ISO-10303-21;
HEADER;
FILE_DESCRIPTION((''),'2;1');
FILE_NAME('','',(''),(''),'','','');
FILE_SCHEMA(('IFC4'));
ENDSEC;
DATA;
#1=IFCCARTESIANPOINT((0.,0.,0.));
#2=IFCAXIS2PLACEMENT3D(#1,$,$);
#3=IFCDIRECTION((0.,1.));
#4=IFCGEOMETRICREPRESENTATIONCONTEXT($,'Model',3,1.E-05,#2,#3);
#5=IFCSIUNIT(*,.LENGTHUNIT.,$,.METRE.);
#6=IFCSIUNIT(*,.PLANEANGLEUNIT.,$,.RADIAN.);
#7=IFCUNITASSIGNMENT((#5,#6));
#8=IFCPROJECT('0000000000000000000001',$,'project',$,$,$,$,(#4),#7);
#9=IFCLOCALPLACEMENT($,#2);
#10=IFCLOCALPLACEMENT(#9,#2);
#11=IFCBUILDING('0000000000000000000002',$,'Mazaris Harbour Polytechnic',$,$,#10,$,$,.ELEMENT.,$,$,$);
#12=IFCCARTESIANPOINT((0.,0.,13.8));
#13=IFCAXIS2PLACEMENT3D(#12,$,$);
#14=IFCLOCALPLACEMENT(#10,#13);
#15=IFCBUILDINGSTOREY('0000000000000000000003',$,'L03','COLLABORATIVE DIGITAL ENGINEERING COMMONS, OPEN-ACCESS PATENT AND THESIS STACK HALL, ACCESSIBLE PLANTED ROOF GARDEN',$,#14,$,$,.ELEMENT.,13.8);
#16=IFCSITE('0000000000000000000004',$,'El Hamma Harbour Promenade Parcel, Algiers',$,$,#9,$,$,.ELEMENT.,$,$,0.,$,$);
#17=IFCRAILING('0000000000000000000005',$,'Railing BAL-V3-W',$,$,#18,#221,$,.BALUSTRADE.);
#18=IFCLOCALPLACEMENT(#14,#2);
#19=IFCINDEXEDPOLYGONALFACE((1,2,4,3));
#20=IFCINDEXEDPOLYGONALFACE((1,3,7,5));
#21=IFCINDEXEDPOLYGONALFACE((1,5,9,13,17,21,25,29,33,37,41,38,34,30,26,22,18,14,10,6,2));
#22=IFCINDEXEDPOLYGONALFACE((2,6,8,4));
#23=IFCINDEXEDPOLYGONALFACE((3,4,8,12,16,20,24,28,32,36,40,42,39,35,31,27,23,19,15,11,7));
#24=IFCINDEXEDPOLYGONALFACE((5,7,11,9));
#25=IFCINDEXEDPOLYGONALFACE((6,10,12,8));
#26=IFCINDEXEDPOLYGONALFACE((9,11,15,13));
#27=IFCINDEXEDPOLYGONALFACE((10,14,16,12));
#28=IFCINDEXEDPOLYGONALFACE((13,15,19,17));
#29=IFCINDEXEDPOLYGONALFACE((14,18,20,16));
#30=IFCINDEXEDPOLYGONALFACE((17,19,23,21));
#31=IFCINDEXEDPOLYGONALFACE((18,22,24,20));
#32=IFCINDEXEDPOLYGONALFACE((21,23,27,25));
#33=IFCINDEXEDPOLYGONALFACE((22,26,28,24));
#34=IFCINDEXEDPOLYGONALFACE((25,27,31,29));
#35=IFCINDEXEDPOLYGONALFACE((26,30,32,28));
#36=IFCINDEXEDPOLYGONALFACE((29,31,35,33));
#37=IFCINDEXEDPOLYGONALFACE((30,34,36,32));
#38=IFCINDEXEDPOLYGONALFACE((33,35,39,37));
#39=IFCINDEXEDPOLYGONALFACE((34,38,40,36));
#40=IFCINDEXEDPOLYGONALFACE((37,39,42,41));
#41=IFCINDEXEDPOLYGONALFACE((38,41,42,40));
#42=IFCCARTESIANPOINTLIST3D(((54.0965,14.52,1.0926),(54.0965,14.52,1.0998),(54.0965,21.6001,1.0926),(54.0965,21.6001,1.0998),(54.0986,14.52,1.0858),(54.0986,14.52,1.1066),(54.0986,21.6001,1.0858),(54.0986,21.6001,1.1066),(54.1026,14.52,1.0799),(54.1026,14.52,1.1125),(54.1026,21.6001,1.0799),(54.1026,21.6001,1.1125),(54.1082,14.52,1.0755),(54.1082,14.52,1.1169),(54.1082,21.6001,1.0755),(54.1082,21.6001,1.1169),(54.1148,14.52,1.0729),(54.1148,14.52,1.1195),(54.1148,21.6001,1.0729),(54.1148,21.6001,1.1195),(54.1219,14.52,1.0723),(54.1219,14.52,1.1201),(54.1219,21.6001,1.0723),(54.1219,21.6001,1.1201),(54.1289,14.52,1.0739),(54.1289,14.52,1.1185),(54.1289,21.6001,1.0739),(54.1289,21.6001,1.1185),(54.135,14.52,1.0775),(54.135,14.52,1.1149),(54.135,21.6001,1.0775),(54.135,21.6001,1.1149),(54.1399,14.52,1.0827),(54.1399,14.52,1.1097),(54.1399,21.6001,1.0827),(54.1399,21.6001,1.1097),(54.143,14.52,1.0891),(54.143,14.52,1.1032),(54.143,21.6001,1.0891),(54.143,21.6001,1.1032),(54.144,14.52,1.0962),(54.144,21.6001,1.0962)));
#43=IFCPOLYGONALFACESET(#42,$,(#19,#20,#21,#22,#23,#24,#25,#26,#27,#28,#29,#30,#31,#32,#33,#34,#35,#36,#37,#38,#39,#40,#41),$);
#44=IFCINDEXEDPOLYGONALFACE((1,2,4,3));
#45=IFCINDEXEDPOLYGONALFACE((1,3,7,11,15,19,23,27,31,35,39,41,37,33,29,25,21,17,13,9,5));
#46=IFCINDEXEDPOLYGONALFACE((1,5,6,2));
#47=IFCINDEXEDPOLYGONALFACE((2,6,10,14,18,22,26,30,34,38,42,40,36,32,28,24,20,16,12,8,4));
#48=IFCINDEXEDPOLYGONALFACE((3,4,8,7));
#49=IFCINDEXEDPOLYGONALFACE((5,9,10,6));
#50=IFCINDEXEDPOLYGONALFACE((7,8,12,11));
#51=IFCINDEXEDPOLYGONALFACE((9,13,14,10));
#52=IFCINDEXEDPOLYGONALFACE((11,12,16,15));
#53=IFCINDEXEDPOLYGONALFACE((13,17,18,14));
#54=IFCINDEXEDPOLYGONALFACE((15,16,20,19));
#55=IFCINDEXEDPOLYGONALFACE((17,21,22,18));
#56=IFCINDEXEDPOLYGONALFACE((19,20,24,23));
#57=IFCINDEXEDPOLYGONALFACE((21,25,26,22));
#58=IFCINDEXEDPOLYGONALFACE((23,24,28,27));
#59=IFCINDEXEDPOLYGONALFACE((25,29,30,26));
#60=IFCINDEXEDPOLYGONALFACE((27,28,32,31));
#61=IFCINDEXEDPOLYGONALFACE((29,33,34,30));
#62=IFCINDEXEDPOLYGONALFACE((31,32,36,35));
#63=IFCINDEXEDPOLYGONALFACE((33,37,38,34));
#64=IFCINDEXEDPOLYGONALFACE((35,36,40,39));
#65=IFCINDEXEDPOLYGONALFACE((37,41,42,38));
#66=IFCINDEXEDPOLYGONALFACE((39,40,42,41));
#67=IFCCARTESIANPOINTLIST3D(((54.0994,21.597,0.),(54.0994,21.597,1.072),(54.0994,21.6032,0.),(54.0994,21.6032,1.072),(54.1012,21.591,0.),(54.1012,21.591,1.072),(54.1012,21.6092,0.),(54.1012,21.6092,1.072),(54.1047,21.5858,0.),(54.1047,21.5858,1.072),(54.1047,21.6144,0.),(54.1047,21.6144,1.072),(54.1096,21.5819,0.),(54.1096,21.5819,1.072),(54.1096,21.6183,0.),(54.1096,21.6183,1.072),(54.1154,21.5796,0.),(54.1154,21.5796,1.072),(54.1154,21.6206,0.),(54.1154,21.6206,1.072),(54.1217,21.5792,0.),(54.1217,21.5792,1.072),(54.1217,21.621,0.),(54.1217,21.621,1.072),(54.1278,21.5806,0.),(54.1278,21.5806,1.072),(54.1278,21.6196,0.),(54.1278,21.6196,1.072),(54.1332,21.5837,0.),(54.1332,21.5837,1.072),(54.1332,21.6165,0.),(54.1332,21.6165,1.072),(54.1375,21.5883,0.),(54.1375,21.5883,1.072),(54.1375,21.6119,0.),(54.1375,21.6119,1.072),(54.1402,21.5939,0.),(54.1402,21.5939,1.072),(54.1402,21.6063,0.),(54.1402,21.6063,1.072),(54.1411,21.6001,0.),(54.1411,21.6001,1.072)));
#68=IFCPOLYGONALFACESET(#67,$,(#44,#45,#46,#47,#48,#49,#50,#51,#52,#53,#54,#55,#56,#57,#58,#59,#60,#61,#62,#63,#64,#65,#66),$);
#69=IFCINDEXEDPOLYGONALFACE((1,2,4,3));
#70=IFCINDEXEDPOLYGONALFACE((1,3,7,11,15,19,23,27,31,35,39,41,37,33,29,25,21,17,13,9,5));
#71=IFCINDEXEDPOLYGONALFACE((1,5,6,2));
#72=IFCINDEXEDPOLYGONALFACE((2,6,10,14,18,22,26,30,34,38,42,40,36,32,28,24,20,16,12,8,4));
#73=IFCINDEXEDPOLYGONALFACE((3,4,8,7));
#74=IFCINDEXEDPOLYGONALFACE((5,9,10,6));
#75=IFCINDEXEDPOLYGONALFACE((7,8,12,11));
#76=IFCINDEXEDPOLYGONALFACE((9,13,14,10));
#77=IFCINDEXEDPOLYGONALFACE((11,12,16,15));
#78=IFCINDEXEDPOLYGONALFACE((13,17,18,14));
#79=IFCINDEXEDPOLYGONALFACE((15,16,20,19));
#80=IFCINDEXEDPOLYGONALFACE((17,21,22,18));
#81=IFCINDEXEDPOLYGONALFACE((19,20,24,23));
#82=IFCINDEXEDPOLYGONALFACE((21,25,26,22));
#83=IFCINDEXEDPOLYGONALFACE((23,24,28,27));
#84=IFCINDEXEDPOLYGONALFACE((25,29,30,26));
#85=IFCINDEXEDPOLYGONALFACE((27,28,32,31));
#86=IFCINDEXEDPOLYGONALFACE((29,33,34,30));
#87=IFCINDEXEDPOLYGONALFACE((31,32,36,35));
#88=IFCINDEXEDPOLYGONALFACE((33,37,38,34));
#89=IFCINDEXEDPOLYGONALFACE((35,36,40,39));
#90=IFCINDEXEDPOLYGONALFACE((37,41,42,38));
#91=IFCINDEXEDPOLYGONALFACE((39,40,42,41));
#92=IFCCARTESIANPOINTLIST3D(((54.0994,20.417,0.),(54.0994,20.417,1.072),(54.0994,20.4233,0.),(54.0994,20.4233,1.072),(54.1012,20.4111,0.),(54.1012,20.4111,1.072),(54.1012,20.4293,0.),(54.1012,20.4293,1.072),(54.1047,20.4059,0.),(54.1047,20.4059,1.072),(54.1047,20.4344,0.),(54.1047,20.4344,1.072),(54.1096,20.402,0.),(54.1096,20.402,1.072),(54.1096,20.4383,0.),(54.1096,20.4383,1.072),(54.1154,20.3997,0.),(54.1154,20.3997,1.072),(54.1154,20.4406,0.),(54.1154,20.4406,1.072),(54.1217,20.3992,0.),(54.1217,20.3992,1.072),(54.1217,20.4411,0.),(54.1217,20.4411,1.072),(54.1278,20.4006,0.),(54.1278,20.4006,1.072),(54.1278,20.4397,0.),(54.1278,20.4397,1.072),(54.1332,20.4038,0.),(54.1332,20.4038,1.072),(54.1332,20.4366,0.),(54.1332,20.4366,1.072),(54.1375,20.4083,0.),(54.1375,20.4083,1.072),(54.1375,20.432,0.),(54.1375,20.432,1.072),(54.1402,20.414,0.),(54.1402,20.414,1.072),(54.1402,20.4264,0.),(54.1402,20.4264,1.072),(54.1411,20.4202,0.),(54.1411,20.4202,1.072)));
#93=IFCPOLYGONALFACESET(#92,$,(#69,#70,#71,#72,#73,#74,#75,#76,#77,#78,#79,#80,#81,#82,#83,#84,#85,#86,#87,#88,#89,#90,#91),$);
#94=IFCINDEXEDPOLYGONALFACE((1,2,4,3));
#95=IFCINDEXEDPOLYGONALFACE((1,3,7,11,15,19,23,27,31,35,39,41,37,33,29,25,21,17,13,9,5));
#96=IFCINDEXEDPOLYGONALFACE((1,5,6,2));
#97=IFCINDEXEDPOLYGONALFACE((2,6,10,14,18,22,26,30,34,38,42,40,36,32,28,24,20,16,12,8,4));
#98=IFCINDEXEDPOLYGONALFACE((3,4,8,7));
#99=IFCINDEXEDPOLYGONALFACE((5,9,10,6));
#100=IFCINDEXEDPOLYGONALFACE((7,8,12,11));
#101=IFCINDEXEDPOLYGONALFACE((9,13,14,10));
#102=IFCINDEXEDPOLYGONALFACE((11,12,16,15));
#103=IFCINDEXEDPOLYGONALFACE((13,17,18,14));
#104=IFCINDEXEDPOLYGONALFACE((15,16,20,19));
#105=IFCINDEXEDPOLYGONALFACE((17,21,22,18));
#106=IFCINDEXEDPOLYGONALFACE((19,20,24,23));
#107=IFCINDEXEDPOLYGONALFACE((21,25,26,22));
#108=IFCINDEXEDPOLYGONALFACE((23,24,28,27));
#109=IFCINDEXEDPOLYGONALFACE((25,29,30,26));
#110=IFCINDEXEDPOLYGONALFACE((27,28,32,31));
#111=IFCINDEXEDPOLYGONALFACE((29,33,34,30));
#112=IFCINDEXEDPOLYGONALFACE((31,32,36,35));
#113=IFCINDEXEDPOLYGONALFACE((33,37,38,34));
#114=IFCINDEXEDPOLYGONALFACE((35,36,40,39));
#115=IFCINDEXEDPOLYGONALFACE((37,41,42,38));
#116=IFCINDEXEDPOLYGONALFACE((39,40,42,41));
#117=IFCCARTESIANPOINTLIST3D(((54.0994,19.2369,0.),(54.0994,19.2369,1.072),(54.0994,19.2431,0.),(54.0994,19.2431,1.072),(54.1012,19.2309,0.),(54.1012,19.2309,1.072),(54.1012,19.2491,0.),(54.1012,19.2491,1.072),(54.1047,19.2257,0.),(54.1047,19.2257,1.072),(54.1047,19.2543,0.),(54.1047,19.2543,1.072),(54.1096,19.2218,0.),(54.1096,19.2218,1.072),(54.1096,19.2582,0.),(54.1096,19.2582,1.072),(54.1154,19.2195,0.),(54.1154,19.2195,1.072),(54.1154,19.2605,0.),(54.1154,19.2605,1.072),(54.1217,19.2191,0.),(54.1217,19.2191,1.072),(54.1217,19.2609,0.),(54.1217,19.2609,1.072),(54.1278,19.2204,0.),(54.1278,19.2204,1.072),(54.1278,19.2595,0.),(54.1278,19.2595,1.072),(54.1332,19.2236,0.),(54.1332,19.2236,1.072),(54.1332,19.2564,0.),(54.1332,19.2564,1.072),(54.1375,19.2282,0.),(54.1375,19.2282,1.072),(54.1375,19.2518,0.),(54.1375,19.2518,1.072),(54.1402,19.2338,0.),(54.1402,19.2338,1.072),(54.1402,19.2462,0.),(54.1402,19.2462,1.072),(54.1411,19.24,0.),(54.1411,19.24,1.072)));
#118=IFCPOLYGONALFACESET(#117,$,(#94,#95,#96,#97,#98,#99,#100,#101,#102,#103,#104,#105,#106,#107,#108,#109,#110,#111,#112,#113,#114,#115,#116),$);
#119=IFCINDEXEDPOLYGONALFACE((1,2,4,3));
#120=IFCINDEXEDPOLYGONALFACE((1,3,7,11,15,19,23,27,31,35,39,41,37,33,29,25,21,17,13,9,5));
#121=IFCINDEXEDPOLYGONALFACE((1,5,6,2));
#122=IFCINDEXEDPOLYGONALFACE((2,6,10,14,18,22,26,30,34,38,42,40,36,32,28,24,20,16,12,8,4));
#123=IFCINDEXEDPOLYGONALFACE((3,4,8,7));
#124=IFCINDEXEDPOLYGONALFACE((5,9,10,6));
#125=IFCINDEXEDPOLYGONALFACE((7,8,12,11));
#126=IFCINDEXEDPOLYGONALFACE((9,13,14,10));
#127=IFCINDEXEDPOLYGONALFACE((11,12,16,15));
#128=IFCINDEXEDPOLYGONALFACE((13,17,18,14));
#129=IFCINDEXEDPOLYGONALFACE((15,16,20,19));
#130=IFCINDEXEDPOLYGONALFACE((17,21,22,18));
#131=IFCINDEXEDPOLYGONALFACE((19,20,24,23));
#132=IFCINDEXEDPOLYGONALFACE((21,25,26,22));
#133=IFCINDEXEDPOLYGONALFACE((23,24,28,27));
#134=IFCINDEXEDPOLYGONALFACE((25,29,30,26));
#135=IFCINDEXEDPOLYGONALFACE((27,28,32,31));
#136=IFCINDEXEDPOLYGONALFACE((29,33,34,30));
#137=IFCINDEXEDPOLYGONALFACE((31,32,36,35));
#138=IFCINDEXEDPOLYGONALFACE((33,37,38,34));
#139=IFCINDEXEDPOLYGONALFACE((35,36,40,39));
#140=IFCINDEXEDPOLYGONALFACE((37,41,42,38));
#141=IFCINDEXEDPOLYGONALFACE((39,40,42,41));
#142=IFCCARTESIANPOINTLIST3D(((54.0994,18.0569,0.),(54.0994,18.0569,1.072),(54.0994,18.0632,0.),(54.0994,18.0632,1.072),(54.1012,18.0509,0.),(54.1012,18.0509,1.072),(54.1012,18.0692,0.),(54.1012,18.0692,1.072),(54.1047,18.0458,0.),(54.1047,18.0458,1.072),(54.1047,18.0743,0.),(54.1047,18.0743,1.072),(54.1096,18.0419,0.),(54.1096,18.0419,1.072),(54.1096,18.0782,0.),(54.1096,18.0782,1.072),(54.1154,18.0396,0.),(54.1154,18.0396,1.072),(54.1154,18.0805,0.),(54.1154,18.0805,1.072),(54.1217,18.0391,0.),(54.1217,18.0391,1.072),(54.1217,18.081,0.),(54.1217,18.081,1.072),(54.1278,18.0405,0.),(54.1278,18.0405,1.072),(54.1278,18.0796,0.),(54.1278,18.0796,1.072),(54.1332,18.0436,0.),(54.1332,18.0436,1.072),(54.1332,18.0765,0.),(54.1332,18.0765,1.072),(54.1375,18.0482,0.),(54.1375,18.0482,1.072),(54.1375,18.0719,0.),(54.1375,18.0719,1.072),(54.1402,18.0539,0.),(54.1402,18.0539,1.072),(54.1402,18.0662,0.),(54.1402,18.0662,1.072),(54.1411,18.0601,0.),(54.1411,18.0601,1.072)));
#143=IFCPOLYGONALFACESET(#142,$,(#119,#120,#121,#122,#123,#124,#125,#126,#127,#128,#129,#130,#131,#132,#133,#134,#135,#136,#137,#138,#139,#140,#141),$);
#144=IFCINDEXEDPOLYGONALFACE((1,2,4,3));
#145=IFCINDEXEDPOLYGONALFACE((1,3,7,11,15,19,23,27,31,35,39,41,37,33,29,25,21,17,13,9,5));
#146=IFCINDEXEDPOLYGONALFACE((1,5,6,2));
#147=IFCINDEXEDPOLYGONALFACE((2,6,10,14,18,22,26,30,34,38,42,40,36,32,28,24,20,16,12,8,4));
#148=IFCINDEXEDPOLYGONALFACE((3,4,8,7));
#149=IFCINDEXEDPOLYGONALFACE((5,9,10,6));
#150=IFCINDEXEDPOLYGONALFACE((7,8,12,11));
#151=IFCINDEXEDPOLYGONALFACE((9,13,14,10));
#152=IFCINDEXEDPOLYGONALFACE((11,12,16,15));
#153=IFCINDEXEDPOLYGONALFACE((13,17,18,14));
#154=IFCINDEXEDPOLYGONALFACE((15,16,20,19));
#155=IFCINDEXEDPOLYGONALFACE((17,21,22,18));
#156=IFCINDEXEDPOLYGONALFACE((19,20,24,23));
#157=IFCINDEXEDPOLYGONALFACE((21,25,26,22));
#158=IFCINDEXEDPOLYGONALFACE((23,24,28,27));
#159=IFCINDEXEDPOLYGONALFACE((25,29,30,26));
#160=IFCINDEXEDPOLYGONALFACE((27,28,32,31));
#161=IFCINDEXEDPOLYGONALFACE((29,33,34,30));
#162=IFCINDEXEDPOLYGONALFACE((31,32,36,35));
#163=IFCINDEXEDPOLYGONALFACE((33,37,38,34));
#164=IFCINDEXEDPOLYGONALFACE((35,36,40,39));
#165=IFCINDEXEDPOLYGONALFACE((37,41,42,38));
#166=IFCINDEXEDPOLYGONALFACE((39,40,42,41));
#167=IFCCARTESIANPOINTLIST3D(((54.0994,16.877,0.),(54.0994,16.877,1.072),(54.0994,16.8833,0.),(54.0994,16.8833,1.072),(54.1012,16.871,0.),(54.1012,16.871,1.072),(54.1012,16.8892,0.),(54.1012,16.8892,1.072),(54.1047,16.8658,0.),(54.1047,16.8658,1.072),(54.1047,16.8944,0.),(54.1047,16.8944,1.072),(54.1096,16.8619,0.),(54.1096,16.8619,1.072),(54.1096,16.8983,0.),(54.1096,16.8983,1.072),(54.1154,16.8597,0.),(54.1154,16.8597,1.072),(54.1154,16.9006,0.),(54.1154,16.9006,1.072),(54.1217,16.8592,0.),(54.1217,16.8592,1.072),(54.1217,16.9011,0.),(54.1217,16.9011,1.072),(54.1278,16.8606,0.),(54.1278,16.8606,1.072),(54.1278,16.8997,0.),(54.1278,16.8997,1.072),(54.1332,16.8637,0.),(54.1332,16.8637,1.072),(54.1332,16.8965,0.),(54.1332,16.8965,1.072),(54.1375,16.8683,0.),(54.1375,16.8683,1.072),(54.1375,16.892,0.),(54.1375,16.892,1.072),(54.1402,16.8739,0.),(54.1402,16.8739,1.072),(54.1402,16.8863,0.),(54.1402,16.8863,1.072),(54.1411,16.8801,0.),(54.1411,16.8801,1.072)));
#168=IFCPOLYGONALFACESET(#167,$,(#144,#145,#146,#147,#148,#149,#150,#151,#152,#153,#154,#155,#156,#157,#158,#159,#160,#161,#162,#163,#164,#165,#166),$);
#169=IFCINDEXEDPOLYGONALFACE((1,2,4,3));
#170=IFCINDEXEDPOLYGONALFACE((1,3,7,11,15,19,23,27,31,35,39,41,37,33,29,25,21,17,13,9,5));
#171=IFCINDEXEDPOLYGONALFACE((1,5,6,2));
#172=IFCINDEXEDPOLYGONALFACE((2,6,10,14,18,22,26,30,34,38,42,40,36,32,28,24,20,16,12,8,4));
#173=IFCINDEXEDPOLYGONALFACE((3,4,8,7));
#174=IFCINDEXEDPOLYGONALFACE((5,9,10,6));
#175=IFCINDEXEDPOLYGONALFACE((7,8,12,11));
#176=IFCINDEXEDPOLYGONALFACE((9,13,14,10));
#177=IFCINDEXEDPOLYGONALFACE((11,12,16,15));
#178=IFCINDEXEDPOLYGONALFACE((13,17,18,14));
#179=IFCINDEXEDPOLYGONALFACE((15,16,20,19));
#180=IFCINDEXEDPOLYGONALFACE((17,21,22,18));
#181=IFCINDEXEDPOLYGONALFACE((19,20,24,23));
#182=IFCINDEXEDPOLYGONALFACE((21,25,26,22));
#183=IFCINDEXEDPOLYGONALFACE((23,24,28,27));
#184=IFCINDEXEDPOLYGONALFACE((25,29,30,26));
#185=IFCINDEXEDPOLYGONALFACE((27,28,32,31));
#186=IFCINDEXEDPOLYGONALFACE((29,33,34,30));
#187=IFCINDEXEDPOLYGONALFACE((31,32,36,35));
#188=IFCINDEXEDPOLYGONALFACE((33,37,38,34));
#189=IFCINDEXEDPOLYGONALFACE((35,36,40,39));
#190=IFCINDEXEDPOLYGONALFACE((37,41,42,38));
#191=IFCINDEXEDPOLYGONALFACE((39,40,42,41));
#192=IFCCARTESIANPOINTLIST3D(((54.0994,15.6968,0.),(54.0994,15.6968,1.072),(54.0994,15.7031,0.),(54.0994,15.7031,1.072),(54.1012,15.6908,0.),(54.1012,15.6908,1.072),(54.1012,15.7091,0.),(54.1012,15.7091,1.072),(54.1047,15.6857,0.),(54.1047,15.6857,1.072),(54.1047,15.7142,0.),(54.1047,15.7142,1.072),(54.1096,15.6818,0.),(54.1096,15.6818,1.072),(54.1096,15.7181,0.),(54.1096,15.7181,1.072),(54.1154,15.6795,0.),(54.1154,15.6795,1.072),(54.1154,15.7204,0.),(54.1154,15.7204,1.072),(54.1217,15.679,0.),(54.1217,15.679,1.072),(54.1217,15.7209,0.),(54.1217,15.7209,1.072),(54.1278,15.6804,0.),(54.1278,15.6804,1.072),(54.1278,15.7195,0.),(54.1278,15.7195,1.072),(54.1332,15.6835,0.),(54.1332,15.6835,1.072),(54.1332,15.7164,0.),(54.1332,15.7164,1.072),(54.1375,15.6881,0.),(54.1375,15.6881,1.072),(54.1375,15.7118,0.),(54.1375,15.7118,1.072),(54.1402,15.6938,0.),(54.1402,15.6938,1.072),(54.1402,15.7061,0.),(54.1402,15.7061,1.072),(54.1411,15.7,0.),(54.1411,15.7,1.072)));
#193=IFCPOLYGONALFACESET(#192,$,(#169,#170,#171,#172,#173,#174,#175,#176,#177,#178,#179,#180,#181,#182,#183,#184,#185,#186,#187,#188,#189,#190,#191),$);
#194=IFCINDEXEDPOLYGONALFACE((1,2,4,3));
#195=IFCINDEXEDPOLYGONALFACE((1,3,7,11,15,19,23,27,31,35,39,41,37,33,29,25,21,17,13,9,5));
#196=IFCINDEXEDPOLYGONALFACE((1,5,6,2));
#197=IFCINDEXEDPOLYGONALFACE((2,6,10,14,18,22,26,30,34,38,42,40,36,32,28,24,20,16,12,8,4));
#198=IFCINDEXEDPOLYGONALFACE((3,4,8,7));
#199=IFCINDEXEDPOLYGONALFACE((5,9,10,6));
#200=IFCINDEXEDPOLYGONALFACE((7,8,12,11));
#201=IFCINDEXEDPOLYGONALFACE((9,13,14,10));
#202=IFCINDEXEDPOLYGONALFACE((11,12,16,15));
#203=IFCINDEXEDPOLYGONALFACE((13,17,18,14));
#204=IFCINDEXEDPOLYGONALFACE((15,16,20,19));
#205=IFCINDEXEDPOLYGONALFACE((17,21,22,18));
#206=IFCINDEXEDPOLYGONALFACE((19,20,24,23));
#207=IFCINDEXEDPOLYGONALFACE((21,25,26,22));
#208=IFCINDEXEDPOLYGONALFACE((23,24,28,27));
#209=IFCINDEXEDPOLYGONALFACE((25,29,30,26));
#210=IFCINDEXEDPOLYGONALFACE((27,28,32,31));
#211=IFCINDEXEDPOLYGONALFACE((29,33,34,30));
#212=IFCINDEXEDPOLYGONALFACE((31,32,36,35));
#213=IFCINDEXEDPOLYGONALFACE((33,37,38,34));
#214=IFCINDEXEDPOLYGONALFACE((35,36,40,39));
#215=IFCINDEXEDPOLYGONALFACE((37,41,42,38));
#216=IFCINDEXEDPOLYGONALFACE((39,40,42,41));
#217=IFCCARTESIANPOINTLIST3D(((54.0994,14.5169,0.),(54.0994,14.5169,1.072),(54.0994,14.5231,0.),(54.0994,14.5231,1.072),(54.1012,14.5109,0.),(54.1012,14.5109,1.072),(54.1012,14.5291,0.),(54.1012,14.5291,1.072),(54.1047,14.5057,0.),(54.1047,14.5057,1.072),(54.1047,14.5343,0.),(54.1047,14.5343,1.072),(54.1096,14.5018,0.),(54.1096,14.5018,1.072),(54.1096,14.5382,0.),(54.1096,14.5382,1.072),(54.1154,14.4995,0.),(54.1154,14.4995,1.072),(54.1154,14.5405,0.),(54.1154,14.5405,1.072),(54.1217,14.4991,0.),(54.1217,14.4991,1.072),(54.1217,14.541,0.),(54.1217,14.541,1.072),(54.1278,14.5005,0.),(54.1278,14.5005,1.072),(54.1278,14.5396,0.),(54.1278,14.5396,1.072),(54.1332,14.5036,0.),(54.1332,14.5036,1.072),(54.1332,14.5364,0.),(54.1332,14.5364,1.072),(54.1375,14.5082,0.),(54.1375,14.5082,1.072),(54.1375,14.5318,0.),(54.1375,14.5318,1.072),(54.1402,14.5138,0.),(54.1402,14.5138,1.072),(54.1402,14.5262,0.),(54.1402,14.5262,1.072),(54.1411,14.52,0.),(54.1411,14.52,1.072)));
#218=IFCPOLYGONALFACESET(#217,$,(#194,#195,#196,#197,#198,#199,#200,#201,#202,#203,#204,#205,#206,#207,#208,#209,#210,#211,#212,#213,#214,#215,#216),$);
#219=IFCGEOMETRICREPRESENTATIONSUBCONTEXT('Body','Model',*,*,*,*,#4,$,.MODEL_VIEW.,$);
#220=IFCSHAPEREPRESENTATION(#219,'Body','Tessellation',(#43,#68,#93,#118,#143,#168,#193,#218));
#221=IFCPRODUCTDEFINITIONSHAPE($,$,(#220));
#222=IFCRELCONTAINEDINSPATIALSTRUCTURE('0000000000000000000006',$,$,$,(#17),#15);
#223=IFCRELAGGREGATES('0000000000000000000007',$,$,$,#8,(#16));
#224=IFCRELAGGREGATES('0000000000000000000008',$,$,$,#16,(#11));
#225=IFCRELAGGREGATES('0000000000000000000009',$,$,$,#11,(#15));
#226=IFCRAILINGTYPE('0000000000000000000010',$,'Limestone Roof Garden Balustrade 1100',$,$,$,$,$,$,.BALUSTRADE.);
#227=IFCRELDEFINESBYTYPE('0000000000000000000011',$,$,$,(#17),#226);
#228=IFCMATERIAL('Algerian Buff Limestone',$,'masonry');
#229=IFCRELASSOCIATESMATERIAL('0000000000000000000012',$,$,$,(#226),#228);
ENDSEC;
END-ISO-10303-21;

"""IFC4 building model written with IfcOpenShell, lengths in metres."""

from ifc_helpers import new_model, si_unit, direction, frame, origin, origin_2d, place, context, subcontext, project, spatial, circle, extrude, material, type_object, element, save


model = new_model("IFC4")

# Units and contexts
model_context = context("Model", 3, precision=1e-05, world=origin(), true_north=direction((0.0, 1.0)))
body_context = subcontext(model_context, "Body", "Model", "MODEL_VIEW")
ifc_project = project(units=[si_unit("LENGTHUNIT", "METRE"), si_unit("PLANEANGLEUNIT", "RADIAN")], contexts=[model_context])

# Site, building, storey
site_placement = place(None, origin())
site = spatial("IfcSite", under=ifc_project, at=site_placement, Name="El Hamma Harbour Promenade Parcel, Algiers", CompositionType="ELEMENT", RefElevation=0.0)
building_placement = place(site_placement, origin())
building = spatial("IfcBuilding", under=site, at=building_placement, Name="Mazaris Harbour Polytechnic", CompositionType="ELEMENT")
storey_placement = place(building_placement, frame((0.0, 0.0, 13.8)))
storey = spatial("IfcBuildingStorey", under=building, at=storey_placement, Name="L03", Description="COLLABORATIVE DIGITAL ENGINEERING COMMONS, OPEN-ACCESS PATENT AND THESIS STACK HALL, ACCESSIBLE PLANTED ROOF GARDEN", CompositionType="ELEMENT", Elevation=13.8)

# Railing
ifc_material_1 = material(Name="Algerian Buff Limestone", Category="masonry")
railing_type = type_object("IfcRailingType", Name="Limestone Roof Garden Balustrade 1100", PredefinedType="BALUSTRADE", material=ifc_material_1)
railing_1_placement = place(storey_placement, frame((54.1201, 21.6001, 0.0)))
element("IfcRailing", 1, at=railing_1_placement, inside=storey, type_object=railing_type, Name="Railing BAL-V3-W", PredefinedType="BALUSTRADE", context=body_context, shape_type="SweptSolid", body=[
    extrude(circle(Radius=0.0239, at=origin_2d()), frame((0.0, 0.0, 1.0962), z_axis=(0.0, -1.0, 0.0), x_axis=(1.0, 0.0, 0.0)), (0.0, 0.0, 1.0), 7.0801),
    extrude(circle(Radius=0.021, at=origin_2d()), origin(), (0.0, 0.0, 1.0), 1.072),
    extrude(circle(Radius=0.021, at=origin_2d()), frame((0.0, -1.1799, 0.0)), (0.0, 0.0, 1.0), 1.072),
    extrude(circle(Radius=0.021, at=origin_2d()), frame((0.0, -2.3601, 0.0)), (0.0, 0.0, 1.0), 1.072),
    extrude(circle(Radius=0.021, at=origin_2d()), frame((0.0, -3.54, 0.0)), (0.0, 0.0, 1.0), 1.072),
    extrude(circle(Radius=0.021, at=origin_2d()), frame((0.0, -4.72, 0.0)), (0.0, 0.0, 1.0), 1.072),
    extrude(circle(Radius=0.021, at=origin_2d()), frame((0.0, -5.9001, 0.0)), (0.0, 0.0, 1.0), 1.072),
    extrude(circle(Radius=0.021, at=origin_2d()), frame((0.0, -7.0801, 0.0)), (0.0, 0.0, 1.0), 1.072),
])

save(model, "model.ifc")
